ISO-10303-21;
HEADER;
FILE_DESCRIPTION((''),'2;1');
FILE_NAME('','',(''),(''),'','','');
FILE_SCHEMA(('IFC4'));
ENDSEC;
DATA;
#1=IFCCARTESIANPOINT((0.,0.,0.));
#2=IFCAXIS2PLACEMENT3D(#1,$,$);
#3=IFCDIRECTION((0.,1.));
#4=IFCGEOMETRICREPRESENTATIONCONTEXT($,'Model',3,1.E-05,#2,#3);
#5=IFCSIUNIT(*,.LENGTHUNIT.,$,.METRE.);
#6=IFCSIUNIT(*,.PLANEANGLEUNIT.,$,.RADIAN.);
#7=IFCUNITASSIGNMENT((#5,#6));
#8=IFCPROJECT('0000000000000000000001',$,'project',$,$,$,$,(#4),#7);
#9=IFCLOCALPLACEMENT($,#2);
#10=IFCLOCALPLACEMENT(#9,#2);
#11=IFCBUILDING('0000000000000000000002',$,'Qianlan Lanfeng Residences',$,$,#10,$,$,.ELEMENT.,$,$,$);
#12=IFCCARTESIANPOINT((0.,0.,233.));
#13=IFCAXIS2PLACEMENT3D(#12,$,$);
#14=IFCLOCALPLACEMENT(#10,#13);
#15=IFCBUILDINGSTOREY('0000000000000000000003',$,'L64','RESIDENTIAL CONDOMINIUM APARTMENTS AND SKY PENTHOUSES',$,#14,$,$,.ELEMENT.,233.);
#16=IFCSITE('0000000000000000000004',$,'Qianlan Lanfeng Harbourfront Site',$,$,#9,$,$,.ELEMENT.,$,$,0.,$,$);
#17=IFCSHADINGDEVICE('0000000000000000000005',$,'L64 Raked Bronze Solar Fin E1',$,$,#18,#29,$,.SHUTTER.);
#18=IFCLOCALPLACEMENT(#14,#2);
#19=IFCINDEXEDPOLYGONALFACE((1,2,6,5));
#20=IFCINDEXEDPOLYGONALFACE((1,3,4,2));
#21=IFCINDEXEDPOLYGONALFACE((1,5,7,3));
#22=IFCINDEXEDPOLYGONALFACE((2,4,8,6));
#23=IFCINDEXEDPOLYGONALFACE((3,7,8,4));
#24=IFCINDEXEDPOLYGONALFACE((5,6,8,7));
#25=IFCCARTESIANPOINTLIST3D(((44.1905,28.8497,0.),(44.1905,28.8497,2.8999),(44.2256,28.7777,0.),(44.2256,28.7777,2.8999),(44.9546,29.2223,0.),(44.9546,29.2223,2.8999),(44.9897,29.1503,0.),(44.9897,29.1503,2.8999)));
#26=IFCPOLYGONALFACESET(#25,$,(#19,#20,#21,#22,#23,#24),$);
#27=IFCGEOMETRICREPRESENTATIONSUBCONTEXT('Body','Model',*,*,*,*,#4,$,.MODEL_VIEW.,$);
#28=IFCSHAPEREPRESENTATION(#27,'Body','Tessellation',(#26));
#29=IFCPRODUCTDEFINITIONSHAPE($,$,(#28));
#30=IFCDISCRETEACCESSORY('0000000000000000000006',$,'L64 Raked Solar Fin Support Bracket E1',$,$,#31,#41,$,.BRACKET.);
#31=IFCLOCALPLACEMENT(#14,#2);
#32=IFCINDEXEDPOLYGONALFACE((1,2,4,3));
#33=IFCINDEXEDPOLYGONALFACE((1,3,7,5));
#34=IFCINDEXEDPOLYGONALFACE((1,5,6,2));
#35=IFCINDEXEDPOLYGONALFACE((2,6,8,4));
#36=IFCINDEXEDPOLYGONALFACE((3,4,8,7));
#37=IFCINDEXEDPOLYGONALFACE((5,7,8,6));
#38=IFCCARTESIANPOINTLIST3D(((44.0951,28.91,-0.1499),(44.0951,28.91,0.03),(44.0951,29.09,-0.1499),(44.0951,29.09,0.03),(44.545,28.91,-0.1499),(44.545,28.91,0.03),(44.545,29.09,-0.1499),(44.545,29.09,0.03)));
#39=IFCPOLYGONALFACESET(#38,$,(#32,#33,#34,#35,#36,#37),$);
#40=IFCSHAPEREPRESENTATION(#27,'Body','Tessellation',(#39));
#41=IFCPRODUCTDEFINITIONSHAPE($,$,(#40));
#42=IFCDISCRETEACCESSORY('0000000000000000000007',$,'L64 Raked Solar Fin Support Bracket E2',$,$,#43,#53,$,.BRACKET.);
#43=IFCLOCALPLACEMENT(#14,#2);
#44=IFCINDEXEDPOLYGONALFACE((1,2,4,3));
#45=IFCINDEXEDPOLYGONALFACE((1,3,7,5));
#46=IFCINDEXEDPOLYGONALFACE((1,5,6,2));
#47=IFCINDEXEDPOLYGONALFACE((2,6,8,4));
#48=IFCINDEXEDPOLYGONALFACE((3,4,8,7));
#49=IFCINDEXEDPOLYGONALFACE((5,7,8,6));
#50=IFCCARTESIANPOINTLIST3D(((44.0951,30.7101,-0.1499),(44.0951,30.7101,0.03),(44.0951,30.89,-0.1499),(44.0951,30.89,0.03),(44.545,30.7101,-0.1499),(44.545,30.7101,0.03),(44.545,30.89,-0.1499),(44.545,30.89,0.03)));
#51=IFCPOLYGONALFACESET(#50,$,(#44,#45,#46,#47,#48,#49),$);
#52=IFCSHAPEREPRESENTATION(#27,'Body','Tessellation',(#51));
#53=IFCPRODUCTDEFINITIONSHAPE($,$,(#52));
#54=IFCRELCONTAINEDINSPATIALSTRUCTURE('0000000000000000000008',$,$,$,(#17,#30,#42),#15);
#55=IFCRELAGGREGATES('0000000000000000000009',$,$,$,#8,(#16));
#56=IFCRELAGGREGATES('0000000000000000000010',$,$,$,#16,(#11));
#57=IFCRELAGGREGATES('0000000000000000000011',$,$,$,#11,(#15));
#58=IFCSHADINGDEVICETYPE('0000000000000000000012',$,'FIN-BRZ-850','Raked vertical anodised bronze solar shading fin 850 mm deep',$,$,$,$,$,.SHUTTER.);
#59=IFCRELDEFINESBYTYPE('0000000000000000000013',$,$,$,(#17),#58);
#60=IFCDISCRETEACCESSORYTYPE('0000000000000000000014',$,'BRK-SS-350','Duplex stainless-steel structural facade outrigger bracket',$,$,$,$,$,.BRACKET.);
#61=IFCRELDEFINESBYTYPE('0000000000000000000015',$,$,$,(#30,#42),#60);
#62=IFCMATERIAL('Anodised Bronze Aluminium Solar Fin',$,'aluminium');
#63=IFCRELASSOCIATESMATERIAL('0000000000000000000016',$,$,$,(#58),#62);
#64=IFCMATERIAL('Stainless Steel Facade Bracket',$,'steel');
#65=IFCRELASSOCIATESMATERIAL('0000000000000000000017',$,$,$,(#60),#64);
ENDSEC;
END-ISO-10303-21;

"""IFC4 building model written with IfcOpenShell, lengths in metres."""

from ifc_helpers import new_model, si_unit, direction, frame, origin, origin_2d, place, context, subcontext, project, spatial, rectangle, extrude, source, transform, mapped, material, type_object, element, save


model = new_model("IFC4")

# Units and contexts
model_context = context("Model", 3, precision=1e-05, world=origin(), true_north=direction((0.0, 1.0)))
body_context = subcontext(model_context, "Body", "Model", "MODEL_VIEW")
ifc_project = project(units=[si_unit("LENGTHUNIT", "METRE"), si_unit("PLANEANGLEUNIT", "RADIAN")], contexts=[model_context])

# Site, building, storey
site_placement = place(None, origin())
site = spatial("IfcSite", under=ifc_project, at=site_placement, Name="Qianlan Lanfeng Harbourfront Site", CompositionType="ELEMENT", RefElevation=0.0)
building_placement = place(site_placement, origin())
building = spatial("IfcBuilding", under=site, at=building_placement, Name="Qianlan Lanfeng Residences", CompositionType="ELEMENT")
storey_placement = place(building_placement, frame((0.0, 0.0, 233.0)))
storey = spatial("IfcBuildingStorey", under=building, at=storey_placement, Name="L64", Description="RESIDENTIAL CONDOMINIUM APARTMENTS AND SKY PENTHOUSES", CompositionType="ELEMENT", Elevation=233.0)

# Shading device
ifc_material_1 = material(Name="Anodised Bronze Aluminium Solar Fin", Category="aluminium")
shading_device_type = type_object("IfcShadingDeviceType", Name="FIN-BRZ-850", Description="Raked vertical anodised bronze solar shading fin 850 mm deep", PredefinedType="SHUTTER", material=ifc_material_1)
shared_shape_1 = source(origin(), body_context, "Body", "SweptSolid", [
    extrude(rectangle(XDim=0.8501, YDim=0.0801, at=origin_2d()), origin(), (0.0, 0.0, 1.0), 2.8999),
])
shading_device_placement = place(storey_placement, frame((44.5901, 29.0, 0.0), z_axis=(0.0, 0.0, 1.0), x_axis=(0.898794, 0.438371, 0.0)))
element("IfcShadingDevice", 1, at=shading_device_placement, inside=storey, type_object=shading_device_type, Name="L64 Raked Bronze Solar Fin E1", PredefinedType="SHUTTER", context=body_context, shape_type="MappedRepresentation", body=[
    mapped(shared_shape_1, transform((0.0, 0.0, 0.0), scale=1.0)),
])

# Discrete accessories
ifc_material_2 = material(Name="Stainless Steel Facade Bracket", Category="steel")
discrete_accessory_type = type_object("IfcDiscreteAccessoryType", Name="BRK-SS-350", Description="Duplex stainless-steel structural facade outrigger bracket", PredefinedType="BRACKET", material=ifc_material_2)
shared_shape_2 = source(origin(), body_context, "Body", "SweptSolid", [
    extrude(rectangle(XDim=0.45, YDim=0.1799, at=origin_2d()), origin(), (0.0, 0.0, 1.0), 0.1799),
])
for number, where, z_axis, x_axis, name in (
    (2, (44.3201, 29.0, -0.1499), (0.0, 0.0, 1.0), (1.0, 0.0, 0.0), "L64 Raked Solar Fin Support Bracket E1"),
    (3, (44.3201, 30.8, -0.1499), (0.0, 0.0, 1.0), (1.0, 0.0, 0.0), "L64 Raked Solar Fin Support Bracket E2"),
):
    element("IfcDiscreteAccessory", number, at=place(storey_placement, frame(where, z_axis=z_axis, x_axis=x_axis)), inside=storey, type_object=discrete_accessory_type, Name=name, PredefinedType="BRACKET", context=body_context, shape_type="MappedRepresentation", body=[
        mapped(shared_shape_2, transform((0.0, 0.0, 0.0), scale=1.0)),
    ])

save(model, "model.ifc")
